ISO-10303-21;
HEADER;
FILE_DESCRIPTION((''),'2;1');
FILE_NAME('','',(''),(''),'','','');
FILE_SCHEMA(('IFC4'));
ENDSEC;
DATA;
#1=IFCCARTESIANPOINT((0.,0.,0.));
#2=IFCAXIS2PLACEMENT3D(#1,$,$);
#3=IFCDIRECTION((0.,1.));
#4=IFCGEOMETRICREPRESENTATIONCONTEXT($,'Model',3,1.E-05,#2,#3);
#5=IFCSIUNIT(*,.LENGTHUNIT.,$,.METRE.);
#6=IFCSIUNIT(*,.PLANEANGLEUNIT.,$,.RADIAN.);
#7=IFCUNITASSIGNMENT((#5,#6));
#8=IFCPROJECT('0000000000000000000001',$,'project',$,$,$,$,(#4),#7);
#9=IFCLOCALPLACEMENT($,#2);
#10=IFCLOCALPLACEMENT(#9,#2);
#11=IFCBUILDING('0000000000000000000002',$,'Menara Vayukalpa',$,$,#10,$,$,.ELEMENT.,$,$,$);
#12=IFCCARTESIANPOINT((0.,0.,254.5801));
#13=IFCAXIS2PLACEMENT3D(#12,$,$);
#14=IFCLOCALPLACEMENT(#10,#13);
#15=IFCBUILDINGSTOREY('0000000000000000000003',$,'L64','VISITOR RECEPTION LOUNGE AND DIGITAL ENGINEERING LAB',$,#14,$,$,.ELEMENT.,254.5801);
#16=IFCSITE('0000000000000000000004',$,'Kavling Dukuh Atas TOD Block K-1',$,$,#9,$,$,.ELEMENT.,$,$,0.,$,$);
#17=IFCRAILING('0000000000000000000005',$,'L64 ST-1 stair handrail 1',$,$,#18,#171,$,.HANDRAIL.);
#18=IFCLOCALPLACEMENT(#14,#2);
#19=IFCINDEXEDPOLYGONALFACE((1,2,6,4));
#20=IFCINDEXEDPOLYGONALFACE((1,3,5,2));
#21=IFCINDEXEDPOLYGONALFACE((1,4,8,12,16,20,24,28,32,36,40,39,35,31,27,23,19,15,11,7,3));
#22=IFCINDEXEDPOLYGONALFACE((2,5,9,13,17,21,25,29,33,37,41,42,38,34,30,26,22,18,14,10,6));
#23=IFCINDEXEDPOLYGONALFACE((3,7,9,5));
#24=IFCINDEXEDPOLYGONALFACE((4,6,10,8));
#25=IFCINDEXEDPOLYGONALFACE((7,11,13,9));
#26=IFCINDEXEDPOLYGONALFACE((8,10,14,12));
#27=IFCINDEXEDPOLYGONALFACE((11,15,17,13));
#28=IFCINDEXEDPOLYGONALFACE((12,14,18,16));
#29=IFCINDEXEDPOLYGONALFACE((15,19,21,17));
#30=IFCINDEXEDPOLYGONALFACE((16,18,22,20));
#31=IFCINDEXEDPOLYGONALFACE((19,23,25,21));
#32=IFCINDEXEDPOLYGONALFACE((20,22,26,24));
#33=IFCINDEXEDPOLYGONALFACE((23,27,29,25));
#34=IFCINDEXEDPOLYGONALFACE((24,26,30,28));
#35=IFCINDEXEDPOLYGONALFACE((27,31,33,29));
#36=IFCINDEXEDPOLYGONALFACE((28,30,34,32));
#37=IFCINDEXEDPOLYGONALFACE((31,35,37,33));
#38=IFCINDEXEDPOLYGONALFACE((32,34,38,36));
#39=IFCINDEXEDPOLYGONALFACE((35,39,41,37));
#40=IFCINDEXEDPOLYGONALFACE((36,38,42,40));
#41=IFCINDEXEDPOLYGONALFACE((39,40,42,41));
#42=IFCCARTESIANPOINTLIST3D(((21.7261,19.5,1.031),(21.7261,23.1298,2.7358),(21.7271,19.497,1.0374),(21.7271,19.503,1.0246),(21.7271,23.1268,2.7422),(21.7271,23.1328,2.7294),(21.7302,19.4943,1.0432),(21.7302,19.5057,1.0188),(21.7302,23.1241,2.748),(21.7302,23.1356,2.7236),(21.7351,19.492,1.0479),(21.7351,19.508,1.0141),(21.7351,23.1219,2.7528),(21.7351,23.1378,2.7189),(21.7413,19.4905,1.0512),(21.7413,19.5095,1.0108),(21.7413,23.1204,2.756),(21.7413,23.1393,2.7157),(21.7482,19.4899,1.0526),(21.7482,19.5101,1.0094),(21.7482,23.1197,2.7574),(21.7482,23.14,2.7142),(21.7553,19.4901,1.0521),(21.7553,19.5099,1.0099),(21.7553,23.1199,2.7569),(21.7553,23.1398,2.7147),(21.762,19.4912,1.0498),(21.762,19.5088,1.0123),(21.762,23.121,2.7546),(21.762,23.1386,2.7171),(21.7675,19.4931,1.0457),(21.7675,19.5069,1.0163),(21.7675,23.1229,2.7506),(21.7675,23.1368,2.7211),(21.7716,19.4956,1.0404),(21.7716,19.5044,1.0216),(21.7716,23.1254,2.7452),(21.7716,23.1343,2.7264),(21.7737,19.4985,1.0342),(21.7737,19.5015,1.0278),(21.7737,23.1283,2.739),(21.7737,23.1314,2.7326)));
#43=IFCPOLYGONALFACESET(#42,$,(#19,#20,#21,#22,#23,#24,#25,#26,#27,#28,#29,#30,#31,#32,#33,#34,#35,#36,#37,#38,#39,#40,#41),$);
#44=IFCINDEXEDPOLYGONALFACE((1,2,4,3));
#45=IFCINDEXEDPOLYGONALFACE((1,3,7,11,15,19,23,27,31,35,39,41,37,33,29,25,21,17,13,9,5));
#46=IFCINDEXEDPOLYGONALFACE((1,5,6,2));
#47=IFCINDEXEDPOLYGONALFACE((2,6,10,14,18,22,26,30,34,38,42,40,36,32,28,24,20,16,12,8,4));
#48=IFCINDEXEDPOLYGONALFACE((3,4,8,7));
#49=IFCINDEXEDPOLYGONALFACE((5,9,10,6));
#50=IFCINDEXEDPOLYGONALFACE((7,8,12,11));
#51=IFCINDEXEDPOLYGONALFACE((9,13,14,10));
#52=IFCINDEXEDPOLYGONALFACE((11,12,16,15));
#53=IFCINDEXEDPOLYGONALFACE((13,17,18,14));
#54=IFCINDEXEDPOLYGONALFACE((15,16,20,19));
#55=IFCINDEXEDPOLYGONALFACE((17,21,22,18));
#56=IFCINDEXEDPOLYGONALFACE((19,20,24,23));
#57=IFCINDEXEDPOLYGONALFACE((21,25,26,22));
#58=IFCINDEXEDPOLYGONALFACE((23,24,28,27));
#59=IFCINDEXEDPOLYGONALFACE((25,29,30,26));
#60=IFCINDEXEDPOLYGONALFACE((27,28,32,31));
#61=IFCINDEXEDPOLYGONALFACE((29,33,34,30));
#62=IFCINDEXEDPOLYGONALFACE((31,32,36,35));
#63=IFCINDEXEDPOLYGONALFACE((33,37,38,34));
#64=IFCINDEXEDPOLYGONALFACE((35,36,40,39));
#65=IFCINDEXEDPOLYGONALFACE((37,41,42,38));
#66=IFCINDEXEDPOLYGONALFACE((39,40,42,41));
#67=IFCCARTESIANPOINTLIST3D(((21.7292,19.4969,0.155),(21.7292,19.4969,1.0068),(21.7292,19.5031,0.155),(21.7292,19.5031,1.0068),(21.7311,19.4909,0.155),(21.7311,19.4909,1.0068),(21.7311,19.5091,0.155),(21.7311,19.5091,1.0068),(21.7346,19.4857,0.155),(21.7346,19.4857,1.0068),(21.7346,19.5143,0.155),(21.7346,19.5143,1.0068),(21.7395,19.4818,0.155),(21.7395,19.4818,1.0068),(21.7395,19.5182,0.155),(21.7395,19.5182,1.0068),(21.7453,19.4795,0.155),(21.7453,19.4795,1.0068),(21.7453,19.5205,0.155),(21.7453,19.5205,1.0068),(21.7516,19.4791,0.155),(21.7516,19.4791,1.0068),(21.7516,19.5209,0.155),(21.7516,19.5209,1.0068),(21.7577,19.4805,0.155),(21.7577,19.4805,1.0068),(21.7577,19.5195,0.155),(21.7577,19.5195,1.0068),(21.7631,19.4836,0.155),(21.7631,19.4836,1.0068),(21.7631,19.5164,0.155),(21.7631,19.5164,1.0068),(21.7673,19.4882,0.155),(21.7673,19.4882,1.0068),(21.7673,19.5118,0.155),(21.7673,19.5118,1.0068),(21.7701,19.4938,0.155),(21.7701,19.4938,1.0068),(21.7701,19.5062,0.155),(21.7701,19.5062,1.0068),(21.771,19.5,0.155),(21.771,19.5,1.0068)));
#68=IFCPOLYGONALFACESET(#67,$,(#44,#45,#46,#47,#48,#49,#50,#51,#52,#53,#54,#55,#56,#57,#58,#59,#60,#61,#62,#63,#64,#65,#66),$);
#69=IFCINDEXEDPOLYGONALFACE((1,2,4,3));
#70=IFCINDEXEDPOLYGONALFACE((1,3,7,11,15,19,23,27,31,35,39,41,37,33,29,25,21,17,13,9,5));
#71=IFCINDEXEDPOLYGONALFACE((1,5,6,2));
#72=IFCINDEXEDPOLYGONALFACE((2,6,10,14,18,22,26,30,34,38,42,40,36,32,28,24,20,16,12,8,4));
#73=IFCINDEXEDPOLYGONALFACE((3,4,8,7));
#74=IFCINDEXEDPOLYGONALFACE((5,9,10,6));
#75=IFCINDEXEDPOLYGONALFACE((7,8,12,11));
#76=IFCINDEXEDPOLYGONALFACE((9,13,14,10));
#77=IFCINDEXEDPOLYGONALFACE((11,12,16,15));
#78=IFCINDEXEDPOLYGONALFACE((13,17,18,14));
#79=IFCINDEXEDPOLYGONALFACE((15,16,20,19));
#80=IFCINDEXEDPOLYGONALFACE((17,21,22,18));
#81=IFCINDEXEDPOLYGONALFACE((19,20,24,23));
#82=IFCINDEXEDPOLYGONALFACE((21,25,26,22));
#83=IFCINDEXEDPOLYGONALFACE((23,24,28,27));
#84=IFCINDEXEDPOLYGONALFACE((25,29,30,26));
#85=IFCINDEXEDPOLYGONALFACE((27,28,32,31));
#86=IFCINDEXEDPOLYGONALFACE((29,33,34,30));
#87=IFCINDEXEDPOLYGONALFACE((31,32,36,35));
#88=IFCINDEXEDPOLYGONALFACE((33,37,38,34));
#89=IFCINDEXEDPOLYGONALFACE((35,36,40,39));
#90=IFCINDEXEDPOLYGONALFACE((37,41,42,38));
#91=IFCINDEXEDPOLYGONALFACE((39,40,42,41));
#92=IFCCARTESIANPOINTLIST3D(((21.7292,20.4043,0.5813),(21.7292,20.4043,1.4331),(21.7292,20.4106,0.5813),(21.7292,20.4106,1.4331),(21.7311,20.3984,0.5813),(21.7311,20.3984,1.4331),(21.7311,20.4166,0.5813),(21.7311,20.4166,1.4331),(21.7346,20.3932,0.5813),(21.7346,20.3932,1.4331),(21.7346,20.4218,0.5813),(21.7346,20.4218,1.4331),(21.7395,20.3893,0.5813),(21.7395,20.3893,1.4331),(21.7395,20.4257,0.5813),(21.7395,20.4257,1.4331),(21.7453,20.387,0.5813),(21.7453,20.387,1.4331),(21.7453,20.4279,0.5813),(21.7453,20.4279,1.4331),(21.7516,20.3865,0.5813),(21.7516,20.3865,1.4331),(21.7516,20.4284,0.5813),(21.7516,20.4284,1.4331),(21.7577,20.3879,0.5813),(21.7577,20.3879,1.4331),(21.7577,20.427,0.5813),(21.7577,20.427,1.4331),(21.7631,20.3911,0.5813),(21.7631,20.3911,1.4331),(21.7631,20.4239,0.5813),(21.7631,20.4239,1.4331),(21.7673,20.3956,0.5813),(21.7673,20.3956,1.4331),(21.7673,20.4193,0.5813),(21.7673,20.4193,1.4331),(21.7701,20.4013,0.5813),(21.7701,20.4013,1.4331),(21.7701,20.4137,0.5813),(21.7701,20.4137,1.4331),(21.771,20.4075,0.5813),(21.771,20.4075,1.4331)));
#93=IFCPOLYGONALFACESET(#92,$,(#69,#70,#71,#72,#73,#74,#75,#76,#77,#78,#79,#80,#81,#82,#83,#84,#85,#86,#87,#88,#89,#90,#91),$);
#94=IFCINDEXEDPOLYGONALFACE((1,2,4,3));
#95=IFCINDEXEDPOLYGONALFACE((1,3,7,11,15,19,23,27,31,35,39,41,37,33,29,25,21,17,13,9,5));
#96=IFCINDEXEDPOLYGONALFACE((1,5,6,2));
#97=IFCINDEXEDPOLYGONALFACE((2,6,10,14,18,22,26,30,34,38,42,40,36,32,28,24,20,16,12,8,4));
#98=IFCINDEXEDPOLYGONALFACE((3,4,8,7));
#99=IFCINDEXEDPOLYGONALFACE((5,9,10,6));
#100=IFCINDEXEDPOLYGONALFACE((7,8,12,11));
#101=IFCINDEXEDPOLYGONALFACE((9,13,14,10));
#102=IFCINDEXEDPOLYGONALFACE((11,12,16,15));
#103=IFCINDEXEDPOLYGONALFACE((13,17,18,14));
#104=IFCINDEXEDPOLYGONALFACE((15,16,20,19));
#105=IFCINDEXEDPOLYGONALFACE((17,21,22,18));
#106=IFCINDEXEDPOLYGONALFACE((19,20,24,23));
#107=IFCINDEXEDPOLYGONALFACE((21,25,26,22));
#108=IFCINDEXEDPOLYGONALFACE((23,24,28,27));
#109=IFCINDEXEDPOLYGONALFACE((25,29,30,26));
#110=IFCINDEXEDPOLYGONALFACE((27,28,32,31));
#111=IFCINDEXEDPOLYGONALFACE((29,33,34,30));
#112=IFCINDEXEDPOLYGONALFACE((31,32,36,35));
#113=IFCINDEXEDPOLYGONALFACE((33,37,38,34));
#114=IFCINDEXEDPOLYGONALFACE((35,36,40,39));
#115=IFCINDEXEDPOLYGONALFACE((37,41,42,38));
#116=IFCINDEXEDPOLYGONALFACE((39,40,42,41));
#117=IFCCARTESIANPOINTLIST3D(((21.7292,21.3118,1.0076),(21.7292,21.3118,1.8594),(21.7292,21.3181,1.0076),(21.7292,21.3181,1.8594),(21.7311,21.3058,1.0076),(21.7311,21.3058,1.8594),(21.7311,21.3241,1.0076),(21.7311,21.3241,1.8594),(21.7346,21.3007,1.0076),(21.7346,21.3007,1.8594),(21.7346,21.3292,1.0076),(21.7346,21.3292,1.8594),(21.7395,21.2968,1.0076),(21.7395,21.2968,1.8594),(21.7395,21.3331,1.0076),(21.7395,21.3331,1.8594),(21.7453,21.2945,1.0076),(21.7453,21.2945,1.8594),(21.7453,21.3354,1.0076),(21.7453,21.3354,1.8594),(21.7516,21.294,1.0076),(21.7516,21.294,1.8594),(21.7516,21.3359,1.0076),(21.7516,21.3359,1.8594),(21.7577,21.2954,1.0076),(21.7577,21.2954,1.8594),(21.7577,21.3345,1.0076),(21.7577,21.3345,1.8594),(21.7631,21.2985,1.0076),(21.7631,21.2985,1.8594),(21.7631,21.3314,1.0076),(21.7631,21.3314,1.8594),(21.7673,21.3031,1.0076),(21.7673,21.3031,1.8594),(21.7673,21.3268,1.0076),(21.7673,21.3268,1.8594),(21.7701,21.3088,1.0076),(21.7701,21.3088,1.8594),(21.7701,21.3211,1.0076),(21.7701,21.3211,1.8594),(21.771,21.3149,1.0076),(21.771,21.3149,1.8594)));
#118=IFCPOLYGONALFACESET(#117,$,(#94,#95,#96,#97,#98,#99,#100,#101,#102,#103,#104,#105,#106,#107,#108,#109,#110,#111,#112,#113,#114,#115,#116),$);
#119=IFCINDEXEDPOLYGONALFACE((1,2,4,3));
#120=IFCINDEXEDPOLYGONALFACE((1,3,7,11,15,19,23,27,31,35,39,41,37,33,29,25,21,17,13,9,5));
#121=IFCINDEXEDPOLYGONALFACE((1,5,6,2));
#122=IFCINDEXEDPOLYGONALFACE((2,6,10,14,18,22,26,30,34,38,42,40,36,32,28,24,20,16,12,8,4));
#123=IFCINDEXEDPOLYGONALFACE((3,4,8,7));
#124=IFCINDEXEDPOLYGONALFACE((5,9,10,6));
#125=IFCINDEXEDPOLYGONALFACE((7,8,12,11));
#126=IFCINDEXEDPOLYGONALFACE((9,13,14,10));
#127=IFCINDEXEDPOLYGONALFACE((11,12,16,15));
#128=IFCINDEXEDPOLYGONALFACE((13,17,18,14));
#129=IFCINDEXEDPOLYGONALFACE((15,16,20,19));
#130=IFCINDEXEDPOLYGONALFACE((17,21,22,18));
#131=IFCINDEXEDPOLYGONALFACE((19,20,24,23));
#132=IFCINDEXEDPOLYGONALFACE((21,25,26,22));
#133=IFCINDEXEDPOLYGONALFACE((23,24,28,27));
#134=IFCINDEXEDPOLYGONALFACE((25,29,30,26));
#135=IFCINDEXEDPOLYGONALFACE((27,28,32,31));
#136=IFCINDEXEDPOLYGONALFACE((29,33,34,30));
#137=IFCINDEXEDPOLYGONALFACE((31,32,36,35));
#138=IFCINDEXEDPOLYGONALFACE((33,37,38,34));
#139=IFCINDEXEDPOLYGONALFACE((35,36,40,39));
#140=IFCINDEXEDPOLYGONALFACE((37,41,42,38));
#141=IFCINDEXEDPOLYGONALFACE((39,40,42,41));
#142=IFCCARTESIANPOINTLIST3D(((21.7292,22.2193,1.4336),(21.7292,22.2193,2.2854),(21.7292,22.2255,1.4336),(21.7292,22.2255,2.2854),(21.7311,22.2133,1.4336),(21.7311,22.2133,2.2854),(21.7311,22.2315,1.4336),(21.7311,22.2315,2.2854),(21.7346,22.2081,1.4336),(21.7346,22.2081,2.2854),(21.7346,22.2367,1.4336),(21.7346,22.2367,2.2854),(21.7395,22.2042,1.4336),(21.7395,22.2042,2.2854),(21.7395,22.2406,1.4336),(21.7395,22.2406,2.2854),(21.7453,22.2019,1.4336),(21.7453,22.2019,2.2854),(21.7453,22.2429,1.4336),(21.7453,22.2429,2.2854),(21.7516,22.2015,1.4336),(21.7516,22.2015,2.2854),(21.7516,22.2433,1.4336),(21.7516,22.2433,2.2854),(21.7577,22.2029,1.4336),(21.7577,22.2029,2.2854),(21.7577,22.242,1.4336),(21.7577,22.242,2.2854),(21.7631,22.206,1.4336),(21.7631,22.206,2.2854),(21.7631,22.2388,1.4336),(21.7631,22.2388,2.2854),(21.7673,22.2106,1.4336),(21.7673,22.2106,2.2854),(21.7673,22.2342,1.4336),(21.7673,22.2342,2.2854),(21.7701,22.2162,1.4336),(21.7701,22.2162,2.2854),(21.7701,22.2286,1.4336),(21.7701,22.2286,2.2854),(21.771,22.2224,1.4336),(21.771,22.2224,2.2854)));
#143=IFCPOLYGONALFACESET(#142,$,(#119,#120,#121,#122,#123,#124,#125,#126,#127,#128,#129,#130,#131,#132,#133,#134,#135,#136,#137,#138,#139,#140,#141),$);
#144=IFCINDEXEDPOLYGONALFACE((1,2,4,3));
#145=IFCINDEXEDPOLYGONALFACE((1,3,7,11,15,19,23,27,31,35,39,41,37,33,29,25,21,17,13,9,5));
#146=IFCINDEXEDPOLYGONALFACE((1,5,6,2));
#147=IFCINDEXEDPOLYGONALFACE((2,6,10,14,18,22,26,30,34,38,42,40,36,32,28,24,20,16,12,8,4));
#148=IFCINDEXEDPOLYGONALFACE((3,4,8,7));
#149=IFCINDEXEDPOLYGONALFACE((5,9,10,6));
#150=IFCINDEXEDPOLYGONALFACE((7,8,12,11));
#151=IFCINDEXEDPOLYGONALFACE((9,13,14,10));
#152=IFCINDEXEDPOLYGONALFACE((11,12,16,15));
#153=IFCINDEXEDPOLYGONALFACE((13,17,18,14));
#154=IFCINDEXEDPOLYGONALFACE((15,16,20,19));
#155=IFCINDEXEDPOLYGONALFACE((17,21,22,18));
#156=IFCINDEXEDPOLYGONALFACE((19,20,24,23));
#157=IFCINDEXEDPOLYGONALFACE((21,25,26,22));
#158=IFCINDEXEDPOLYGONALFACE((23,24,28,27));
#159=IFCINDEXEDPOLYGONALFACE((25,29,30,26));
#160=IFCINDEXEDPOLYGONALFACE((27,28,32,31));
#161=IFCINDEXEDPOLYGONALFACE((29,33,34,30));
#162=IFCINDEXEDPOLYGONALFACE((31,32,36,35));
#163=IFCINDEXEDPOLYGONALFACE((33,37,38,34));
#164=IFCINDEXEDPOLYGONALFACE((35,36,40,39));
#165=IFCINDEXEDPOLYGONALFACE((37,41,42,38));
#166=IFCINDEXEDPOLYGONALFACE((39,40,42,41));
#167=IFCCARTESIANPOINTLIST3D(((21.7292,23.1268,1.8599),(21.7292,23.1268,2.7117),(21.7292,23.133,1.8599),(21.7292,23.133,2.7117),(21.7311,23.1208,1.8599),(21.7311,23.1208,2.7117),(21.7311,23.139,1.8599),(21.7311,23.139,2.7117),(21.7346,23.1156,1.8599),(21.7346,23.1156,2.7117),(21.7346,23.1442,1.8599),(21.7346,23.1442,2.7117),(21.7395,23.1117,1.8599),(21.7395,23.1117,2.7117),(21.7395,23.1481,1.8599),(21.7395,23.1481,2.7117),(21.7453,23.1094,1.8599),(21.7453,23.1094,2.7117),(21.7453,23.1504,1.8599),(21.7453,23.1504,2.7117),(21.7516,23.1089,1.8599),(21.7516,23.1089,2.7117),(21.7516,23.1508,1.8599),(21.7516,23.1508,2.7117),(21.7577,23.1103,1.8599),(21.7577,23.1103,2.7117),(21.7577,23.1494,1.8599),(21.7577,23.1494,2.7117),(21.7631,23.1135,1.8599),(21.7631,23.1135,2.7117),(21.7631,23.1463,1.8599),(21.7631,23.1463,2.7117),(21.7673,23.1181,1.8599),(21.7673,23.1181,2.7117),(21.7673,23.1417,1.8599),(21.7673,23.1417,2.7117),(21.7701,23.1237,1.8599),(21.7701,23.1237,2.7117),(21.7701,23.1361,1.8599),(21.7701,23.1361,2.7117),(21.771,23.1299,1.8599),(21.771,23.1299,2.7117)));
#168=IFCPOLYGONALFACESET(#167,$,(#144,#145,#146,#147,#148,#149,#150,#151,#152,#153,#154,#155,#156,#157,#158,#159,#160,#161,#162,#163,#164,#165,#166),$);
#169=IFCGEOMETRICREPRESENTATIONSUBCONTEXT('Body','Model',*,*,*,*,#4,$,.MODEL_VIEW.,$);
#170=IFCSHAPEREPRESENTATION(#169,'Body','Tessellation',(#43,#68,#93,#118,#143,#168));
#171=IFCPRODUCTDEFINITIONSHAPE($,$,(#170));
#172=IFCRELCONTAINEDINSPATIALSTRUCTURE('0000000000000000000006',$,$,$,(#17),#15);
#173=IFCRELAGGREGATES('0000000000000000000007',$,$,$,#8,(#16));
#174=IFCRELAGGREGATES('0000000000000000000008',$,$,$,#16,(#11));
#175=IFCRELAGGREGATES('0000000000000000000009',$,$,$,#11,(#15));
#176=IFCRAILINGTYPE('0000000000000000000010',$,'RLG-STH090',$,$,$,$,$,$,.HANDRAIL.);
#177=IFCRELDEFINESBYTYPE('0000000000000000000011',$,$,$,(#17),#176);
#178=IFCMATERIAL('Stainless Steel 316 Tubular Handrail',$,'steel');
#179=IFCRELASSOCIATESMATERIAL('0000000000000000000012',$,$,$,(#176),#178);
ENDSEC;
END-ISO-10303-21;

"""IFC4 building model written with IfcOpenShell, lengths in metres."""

from ifc_helpers import new_model, si_unit, direction, frame, origin, origin_2d, place, context, subcontext, project, spatial, circle, extrude, material, type_object, element, save


model = new_model("IFC4")

# Units and contexts
model_context = context("Model", 3, precision=1e-05, world=origin(), true_north=direction((0.0, 1.0)))
body_context = subcontext(model_context, "Body", "Model", "MODEL_VIEW")
ifc_project = project(units=[si_unit("LENGTHUNIT", "METRE"), si_unit("PLANEANGLEUNIT", "RADIAN")], contexts=[model_context])

# Site, building, storey
site_placement = place(None, origin())
site = spatial("IfcSite", under=ifc_project, at=site_placement, Name="Kavling Dukuh Atas TOD Block K-1", CompositionType="ELEMENT", RefElevation=0.0)
building_placement = place(site_placement, origin())
building = spatial("IfcBuilding", under=site, at=building_placement, Name="Menara Vayukalpa", CompositionType="ELEMENT")
storey_placement = place(building_placement, frame((0.0, 0.0, 254.5801)))
storey = spatial("IfcBuildingStorey", under=building, at=storey_placement, Name="L64", Description="VISITOR RECEPTION LOUNGE AND DIGITAL ENGINEERING LAB", CompositionType="ELEMENT", Elevation=254.5801)

# Railing
ifc_material_1 = material(Name="Stainless Steel 316 Tubular Handrail", Category="steel")
railing_type_1 = type_object("IfcRailingType", Name="RLG-STH090", PredefinedType="HANDRAIL", material=ifc_material_1)
railing_1_placement = place(storey_placement, frame((21.75, 19.5, 0.155)))
element("IfcRailing", 1, at=railing_1_placement, inside=storey, type_object=railing_type_1, Name="L64 ST-1 stair handrail 1", PredefinedType="HANDRAIL", context=body_context, shape_type="SweptSolid", body=[
    extrude(circle(Radius=0.0239, at=origin_2d()), frame((0.0, 0.0, 0.876), z_axis=(0.0, 0.90514, 0.425114), x_axis=(-1.0, 0.0, 0.0)), (0.0, 0.0, 1.0), 4.0103),
    extrude(circle(Radius=0.021, at=origin_2d()), origin(), (0.0, 0.0, 1.0), 0.8518),
    extrude(circle(Radius=0.021, at=origin_2d()), frame((0.0, 0.9075, 0.4263)), (0.0, 0.0, 1.0), 0.8518),
    extrude(circle(Radius=0.021, at=origin_2d()), frame((0.0, 1.8149, 0.8525)), (0.0, 0.0, 1.0), 0.8518),
    extrude(circle(Radius=0.021, at=origin_2d()), frame((0.0, 2.7224, 1.2786)), (0.0, 0.0, 1.0), 0.8518),
    extrude(circle(Radius=0.021, at=origin_2d()), frame((0.0, 3.6299, 1.7048)), (0.0, 0.0, 1.0), 0.8518),
])

save(model, "model.ifc")
